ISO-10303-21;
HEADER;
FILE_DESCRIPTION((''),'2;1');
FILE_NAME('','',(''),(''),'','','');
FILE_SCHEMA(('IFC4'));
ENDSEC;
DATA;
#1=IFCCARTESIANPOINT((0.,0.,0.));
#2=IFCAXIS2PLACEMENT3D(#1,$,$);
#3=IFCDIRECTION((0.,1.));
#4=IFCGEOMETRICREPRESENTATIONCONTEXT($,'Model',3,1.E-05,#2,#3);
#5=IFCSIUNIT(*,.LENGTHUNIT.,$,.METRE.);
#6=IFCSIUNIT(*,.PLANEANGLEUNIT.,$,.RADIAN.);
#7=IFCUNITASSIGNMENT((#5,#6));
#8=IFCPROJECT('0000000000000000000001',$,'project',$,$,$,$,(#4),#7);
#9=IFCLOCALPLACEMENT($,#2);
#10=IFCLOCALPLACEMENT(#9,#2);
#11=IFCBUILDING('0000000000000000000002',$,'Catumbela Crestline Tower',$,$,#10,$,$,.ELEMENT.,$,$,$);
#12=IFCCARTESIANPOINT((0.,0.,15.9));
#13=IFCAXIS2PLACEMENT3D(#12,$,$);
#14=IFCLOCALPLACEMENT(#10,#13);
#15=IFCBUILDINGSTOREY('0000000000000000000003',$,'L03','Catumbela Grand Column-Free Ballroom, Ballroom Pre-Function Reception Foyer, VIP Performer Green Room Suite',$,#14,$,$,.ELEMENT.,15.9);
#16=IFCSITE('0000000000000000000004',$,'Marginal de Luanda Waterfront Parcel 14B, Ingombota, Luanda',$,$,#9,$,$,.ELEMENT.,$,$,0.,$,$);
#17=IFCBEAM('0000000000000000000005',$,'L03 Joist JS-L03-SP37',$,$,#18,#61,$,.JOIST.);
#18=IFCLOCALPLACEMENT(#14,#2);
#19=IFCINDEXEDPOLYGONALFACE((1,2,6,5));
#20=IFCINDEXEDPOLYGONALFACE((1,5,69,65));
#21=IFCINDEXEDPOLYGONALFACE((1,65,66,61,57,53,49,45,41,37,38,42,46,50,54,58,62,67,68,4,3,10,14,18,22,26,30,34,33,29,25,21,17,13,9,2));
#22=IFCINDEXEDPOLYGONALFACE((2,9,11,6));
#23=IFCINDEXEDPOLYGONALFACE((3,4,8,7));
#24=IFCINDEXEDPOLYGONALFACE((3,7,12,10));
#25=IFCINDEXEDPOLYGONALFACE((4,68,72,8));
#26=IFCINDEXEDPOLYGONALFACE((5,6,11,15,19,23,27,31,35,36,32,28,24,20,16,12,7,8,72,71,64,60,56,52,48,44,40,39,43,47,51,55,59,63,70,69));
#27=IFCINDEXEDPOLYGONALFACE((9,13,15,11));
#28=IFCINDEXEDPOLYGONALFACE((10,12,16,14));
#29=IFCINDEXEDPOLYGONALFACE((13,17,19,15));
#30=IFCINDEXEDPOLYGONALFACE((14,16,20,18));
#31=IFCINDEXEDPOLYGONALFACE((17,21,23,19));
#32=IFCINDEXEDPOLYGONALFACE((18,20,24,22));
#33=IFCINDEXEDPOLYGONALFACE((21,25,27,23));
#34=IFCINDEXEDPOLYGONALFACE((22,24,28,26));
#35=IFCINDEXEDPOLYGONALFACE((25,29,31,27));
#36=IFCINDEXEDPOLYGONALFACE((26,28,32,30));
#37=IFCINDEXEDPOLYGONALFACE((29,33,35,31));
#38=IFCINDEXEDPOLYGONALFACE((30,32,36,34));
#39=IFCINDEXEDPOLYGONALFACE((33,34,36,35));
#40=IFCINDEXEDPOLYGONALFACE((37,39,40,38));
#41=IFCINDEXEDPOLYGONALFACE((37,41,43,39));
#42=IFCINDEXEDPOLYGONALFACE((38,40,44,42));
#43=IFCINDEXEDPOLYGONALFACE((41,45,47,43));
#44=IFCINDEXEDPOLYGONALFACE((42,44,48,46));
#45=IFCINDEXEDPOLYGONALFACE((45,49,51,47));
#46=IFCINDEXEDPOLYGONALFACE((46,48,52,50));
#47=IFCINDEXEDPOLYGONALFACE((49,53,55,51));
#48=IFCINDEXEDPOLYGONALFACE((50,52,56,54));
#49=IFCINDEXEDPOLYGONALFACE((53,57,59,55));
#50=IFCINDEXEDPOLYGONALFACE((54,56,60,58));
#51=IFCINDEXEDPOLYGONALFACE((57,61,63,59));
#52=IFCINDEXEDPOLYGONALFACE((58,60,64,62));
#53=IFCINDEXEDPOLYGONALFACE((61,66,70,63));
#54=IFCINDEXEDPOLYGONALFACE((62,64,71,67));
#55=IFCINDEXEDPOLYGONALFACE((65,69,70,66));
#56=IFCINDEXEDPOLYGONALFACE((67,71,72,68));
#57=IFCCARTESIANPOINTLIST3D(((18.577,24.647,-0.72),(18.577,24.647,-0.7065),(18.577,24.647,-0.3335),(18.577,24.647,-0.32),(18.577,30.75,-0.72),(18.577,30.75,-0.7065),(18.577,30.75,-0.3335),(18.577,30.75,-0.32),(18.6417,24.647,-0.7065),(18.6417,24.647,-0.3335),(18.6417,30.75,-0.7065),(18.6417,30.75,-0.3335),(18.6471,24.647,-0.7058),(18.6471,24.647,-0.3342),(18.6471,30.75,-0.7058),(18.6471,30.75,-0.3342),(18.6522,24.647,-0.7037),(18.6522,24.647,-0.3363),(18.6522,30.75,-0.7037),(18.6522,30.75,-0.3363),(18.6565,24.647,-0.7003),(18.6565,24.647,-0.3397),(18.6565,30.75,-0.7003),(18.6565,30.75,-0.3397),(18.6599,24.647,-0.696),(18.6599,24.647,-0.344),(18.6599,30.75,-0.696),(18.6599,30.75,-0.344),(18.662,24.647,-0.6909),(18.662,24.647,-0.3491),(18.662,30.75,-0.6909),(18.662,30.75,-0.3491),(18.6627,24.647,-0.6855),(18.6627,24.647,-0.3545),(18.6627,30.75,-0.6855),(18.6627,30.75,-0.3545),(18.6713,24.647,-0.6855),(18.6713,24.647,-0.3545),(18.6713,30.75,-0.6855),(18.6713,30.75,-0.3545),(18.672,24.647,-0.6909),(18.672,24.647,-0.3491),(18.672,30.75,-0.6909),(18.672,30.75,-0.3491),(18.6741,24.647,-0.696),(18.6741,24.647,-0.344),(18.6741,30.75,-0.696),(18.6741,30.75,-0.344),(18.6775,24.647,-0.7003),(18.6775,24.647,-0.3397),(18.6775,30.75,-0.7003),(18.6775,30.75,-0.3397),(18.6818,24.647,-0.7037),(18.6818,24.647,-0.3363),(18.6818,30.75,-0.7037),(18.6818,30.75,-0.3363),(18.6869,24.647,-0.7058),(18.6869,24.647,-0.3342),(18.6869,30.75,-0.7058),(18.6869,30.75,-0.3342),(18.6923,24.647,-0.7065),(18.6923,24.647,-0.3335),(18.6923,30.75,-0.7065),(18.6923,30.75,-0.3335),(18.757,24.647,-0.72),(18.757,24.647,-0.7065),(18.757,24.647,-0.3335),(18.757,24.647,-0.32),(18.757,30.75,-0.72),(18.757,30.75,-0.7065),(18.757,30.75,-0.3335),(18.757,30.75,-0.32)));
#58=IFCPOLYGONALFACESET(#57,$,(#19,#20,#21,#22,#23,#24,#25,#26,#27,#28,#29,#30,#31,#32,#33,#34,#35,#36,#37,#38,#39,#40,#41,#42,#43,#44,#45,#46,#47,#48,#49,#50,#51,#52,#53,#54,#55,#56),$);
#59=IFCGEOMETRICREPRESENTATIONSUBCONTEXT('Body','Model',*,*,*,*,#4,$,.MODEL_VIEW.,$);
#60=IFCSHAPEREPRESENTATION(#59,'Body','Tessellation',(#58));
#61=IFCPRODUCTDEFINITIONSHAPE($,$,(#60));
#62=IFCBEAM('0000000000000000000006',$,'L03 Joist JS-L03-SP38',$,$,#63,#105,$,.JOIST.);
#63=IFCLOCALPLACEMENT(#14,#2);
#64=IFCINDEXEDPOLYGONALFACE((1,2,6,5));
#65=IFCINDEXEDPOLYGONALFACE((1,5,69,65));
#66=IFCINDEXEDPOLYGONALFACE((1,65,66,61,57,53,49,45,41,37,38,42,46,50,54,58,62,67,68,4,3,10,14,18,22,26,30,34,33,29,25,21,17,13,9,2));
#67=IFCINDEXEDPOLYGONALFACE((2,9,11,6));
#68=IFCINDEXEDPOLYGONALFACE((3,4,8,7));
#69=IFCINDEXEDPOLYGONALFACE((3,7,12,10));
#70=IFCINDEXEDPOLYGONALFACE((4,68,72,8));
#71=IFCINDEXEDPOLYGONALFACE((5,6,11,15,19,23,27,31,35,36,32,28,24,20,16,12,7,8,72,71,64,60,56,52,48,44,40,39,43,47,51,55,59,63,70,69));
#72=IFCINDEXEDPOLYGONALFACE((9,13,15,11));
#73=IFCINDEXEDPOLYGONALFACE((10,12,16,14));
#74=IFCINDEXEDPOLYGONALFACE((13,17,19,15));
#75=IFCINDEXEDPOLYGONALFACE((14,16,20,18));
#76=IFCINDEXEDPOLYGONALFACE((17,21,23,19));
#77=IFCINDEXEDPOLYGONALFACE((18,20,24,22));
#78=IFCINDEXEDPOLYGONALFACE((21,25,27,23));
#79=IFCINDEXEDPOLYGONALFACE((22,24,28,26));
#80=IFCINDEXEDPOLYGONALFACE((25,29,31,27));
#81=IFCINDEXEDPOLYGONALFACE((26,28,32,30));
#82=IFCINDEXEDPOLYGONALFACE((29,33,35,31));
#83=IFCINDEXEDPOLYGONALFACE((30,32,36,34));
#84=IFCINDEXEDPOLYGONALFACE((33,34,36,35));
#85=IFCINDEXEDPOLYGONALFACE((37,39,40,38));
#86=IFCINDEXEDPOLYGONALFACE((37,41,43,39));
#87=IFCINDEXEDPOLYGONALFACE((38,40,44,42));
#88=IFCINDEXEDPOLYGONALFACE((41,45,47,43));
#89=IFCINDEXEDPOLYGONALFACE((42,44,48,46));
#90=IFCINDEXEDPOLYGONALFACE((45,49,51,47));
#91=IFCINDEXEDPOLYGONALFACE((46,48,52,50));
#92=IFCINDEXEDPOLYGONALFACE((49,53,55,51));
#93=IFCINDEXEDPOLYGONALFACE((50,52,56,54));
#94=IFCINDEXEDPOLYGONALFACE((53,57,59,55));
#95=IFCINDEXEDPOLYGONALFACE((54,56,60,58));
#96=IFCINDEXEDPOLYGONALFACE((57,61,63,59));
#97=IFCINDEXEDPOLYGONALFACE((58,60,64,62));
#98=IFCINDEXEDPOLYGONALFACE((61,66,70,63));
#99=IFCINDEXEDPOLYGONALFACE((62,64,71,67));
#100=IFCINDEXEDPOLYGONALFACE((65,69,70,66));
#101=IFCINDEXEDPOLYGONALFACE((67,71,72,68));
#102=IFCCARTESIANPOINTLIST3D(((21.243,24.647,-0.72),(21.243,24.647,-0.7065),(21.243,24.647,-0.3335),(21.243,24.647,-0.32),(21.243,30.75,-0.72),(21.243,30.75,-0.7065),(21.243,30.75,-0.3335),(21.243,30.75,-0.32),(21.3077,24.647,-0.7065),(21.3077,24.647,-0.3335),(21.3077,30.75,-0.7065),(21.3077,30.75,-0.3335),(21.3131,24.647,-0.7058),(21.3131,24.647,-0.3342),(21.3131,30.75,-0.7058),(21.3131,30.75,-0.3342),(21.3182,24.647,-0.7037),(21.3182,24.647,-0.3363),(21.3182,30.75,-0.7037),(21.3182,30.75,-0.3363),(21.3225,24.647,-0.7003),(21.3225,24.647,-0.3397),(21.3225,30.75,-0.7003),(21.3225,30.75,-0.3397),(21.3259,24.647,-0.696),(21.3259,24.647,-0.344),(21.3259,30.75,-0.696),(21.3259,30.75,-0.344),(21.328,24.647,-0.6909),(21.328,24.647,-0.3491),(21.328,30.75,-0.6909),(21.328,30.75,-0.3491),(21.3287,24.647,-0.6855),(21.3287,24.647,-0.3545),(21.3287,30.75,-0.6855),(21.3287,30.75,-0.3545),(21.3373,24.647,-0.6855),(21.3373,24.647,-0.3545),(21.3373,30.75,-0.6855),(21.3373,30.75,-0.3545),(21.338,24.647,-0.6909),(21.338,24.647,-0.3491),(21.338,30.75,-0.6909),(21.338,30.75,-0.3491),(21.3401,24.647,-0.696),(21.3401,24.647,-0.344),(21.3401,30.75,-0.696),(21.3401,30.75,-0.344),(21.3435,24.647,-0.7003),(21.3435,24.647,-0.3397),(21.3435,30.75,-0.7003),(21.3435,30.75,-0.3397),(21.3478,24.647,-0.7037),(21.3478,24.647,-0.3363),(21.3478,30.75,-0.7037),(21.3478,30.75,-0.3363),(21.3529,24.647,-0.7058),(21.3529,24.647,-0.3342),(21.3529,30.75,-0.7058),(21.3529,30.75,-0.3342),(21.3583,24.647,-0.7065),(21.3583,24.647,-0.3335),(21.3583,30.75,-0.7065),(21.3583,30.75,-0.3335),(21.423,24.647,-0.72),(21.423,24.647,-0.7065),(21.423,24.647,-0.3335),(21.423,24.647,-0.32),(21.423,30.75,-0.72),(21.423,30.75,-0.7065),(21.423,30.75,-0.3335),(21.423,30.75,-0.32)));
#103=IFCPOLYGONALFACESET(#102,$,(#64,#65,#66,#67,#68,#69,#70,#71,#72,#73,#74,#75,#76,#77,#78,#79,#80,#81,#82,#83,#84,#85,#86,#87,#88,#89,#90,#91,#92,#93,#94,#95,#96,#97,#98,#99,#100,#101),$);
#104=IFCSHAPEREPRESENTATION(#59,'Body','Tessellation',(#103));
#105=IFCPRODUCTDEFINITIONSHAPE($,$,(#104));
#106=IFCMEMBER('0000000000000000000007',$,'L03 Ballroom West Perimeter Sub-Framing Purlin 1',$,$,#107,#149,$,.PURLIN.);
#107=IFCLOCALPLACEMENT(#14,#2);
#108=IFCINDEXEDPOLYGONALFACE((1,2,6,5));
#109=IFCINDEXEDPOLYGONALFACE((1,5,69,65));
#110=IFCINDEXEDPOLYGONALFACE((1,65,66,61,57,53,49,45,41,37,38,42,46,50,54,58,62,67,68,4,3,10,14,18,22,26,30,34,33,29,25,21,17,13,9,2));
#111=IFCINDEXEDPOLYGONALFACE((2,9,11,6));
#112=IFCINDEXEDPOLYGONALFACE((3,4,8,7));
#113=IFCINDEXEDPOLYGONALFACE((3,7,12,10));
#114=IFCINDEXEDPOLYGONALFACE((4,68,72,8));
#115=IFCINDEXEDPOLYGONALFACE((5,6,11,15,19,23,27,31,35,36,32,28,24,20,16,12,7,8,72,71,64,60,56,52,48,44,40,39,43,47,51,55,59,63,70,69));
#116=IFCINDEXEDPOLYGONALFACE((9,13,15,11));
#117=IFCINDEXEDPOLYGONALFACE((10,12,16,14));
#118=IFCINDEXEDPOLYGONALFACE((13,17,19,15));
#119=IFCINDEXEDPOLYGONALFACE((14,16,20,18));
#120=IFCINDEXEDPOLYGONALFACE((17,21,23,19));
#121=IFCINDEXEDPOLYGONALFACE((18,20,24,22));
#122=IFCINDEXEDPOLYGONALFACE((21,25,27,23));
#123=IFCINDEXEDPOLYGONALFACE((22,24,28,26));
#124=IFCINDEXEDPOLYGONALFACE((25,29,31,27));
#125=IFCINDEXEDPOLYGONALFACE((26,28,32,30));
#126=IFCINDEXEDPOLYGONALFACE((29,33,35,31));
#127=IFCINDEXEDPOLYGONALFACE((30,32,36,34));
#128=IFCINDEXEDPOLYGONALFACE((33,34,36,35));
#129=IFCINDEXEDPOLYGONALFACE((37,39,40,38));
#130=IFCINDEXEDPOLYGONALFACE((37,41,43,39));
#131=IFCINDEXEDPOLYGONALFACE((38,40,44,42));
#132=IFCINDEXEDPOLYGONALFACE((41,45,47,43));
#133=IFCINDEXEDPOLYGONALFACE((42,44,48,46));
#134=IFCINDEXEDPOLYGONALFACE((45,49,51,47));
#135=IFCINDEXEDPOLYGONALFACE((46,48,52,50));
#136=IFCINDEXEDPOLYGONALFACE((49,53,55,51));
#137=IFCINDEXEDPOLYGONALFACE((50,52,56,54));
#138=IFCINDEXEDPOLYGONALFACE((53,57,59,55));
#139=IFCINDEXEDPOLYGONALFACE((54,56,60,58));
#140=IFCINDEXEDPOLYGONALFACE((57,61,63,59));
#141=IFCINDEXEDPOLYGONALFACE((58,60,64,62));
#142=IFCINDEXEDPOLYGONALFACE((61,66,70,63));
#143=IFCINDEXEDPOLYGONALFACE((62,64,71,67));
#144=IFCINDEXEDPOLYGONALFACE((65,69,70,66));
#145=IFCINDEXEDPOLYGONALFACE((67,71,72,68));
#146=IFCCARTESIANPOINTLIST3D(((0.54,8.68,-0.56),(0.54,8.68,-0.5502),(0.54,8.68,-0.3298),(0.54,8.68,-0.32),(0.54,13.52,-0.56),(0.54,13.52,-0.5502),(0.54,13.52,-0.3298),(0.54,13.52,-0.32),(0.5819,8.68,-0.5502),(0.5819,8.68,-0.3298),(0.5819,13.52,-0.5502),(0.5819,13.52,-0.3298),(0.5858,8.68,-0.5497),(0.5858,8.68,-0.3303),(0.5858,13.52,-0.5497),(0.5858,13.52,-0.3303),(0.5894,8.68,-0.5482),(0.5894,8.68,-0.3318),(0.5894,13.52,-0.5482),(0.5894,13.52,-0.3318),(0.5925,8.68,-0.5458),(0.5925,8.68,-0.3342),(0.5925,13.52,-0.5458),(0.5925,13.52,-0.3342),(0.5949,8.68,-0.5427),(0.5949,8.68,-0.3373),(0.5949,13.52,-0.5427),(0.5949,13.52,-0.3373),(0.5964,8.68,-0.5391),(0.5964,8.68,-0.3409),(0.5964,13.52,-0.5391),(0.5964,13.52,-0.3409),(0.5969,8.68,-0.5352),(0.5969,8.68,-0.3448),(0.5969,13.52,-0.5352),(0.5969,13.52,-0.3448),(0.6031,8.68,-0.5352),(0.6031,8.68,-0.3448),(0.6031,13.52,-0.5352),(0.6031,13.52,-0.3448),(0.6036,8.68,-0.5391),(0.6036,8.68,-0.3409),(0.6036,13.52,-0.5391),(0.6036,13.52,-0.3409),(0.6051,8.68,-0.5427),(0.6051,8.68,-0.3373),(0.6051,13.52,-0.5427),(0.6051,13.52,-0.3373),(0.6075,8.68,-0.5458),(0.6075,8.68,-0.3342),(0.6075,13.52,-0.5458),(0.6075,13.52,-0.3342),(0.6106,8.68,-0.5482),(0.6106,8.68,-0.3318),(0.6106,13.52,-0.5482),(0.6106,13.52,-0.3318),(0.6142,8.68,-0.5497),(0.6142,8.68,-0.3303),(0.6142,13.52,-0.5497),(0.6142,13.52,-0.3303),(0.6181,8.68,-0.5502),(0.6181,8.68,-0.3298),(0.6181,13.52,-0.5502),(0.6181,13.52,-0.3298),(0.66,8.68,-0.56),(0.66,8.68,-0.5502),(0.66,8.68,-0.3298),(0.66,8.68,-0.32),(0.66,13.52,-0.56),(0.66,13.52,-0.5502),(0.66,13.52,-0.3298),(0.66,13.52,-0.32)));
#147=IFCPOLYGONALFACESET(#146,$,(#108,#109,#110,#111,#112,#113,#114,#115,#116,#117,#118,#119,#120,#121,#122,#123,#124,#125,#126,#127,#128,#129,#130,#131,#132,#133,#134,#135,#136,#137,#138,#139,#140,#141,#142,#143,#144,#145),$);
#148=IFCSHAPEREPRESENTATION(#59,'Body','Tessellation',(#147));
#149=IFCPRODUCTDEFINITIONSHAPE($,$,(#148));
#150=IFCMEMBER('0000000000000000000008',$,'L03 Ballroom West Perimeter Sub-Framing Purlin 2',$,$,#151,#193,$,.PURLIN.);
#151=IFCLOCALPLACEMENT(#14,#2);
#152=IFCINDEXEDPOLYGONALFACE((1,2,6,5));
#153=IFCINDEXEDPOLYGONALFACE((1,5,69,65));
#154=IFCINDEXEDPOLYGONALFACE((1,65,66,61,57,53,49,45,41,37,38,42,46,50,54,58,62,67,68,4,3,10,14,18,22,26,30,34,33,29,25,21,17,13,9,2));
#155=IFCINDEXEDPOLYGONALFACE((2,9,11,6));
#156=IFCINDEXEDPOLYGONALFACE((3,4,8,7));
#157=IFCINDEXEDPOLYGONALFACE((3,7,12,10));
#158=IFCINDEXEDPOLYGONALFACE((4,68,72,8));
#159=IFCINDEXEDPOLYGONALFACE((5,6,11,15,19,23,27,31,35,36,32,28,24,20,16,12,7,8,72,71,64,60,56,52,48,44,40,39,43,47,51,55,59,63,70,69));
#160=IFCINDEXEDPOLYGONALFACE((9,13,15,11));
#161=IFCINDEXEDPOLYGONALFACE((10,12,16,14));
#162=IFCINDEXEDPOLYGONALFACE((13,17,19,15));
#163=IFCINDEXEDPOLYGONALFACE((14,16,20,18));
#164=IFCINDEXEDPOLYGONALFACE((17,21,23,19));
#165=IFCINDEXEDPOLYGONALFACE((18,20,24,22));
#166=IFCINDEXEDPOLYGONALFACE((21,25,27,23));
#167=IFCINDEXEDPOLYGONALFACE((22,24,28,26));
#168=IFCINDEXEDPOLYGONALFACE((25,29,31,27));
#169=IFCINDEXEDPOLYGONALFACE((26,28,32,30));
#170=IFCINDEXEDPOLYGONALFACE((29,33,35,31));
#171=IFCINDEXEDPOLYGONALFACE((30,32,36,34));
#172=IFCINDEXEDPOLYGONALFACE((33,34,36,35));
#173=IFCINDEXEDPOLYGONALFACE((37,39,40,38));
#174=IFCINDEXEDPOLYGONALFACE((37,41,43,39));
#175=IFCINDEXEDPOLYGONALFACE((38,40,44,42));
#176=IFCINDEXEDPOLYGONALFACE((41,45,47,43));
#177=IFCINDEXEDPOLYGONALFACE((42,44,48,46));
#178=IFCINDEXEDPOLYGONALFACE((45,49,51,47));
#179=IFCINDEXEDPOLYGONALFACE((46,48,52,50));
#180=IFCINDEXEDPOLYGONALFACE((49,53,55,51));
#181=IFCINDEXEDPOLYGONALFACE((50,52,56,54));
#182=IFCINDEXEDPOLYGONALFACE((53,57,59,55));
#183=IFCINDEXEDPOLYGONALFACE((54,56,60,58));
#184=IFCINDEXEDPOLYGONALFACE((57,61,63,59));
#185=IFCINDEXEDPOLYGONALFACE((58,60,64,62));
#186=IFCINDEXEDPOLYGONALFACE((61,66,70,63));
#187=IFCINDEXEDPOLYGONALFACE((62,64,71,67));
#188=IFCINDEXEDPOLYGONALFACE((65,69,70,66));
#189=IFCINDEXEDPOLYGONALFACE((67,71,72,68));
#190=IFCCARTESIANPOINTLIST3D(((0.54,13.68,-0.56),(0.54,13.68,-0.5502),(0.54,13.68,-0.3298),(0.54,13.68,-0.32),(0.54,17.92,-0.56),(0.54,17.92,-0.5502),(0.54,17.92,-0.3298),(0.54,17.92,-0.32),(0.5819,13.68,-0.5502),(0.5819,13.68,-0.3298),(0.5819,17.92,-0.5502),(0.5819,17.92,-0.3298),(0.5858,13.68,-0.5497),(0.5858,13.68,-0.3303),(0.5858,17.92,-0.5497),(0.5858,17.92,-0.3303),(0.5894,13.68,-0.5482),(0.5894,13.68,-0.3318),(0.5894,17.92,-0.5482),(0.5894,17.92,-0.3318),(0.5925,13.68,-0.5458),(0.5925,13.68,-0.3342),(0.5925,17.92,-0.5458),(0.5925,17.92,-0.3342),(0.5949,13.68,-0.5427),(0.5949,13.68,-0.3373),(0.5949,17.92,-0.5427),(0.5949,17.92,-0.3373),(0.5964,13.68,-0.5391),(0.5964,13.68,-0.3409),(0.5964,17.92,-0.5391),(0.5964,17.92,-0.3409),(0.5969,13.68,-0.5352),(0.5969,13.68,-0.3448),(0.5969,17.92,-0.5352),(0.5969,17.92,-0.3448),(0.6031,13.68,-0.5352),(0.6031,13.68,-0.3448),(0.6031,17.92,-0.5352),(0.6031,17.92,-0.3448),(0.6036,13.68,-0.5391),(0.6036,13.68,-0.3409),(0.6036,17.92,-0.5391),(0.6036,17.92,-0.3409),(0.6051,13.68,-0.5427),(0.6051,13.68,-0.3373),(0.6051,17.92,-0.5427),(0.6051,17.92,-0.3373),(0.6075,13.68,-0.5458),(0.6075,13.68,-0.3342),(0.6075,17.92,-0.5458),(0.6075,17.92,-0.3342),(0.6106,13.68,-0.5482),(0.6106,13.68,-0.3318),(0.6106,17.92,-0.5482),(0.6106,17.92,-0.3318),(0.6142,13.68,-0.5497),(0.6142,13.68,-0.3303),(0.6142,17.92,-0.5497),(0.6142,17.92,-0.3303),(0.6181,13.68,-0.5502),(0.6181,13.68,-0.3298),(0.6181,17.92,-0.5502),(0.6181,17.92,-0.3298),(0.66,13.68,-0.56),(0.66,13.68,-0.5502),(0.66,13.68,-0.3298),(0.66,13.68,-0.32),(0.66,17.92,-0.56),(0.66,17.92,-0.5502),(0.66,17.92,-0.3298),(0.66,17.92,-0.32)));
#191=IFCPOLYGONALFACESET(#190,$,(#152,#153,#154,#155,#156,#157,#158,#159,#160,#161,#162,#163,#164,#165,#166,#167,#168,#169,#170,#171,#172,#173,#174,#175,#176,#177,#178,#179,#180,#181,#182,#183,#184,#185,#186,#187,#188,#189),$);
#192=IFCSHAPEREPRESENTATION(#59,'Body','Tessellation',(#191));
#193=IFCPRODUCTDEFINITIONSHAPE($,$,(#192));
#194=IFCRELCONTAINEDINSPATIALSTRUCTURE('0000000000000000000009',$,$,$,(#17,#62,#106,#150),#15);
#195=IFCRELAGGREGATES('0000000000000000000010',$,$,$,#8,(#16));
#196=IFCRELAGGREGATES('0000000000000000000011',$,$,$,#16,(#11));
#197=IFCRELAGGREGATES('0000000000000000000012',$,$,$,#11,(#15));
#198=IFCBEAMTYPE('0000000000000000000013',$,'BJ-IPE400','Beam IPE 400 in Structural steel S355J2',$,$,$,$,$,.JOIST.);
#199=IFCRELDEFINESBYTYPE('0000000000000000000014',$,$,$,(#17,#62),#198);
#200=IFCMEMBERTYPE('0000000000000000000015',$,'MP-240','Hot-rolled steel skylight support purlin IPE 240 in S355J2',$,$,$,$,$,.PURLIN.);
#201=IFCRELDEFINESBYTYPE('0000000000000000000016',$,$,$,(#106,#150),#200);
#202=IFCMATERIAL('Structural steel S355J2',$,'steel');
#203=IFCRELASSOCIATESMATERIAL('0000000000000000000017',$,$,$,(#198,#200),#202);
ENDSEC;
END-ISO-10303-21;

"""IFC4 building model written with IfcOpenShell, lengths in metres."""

from ifc_helpers import new_model, si_unit, direction, frame, origin, origin_2d, place, context, subcontext, project, spatial, i_section, extrude, material, material_profile, profile_set, type_object, element, save


model = new_model("IFC4")

# Units and contexts
model_context = context("Model", 3, precision=1e-05, world=origin(), true_north=direction((0.0, 1.0)))
body_context = subcontext(model_context, "Body", "Model", "MODEL_VIEW")
ifc_project = project(units=[si_unit("LENGTHUNIT", "METRE"), si_unit("PLANEANGLEUNIT", "RADIAN")], contexts=[model_context])

# Site, building, storey
site_placement = place(None, origin())
site = spatial("IfcSite", under=ifc_project, at=site_placement, Name="Marginal de Luanda Waterfront Parcel 14B, Ingombota, Luanda", CompositionType="ELEMENT", RefElevation=0.0)
building_placement = place(site_placement, origin())
building = spatial("IfcBuilding", under=site, at=building_placement, Name="Catumbela Crestline Tower", CompositionType="ELEMENT")
storey_placement = place(building_placement, frame((0.0, 0.0, 15.9)))
storey = spatial("IfcBuildingStorey", under=building, at=storey_placement, Name="L03", Description="Catumbela Grand Column-Free Ballroom, Ballroom Pre-Function Reception Foyer, VIP Performer Green Room Suite", CompositionType="ELEMENT", Elevation=15.9)

# Beams
ifc_material_1 = material(Name="Structural steel S355J2", Category="steel")
ifc_material_profile_1 = material_profile(ifc_material_1, i_section(OverallWidth=0.18, OverallDepth=0.4, WebThickness=0.0086, FlangeThickness=0.0135, FilletRadius=0.021, at=origin_2d()), Name="IPE 400")
ifc_profile_set_1 = profile_set([ifc_material_profile_1], Name="Structural steel S355J2")
beam_type_1 = type_object("IfcBeamType", Name="BJ-IPE400", Description="Beam IPE 400 in Structural steel S355J2", PredefinedType="JOIST", material=ifc_profile_set_1)
for number, where, z_axis, x_axis, name in (
    (1, (18.667, 24.647, -0.52), (0.0, 1.0, 0.0), (-1.0, 0.0, 0.0), "L03 Joist JS-L03-SP37"),
    (2, (21.333, 24.647, -0.52), (0.0, 1.0, 0.0), (-1.0, 0.0, 0.0), "L03 Joist JS-L03-SP38"),
):
    element("IfcBeam", number, at=place(storey_placement, frame(where, z_axis=z_axis, x_axis=x_axis)), inside=storey, type_object=beam_type_1, Name=name, PredefinedType="JOIST", context=body_context, shape_type="SweptSolid", body=[
        extrude(i_section(OverallWidth=0.18, OverallDepth=0.4, WebThickness=0.0086, FlangeThickness=0.0135, FilletRadius=0.021, at=origin_2d()), origin(), (0.0, 0.0, 1.0), 6.103),
    ])

# Members
ifc_material_profile_2 = material_profile(ifc_material_1, i_section(OverallWidth=0.12, OverallDepth=0.24, WebThickness=0.0062, FlangeThickness=0.0098, FilletRadius=0.015, at=origin_2d()), Name="IPE 240")
ifc_profile_set_2 = profile_set([ifc_material_profile_2], Name="Structural steel S355J2")
member_type = type_object("IfcMemberType", Name="MP-240", Description="Hot-rolled steel skylight support purlin IPE 240 in S355J2", PredefinedType="PURLIN", material=ifc_profile_set_2)
member_1_placement = place(storey_placement, frame((0.6, 8.68, -0.44), z_axis=(0.0, 1.0, 0.0), x_axis=(-1.0, 0.0, 0.0)))
element("IfcMember", 3, at=member_1_placement, inside=storey, type_object=member_type, Name="L03 Ballroom West Perimeter Sub-Framing Purlin 1", PredefinedType="PURLIN", context=body_context, shape_type="SweptSolid", body=[
    extrude(i_section(OverallWidth=0.12, OverallDepth=0.24, WebThickness=0.0062, FlangeThickness=0.0098, FilletRadius=0.015, at=origin_2d()), origin(), (0.0, 0.0, 1.0), 4.84),
])
member_2_placement = place(storey_placement, frame((0.6, 13.68, -0.44), z_axis=(0.0, 1.0, 0.0), x_axis=(-1.0, 0.0, 0.0)))
element("IfcMember", 4, at=member_2_placement, inside=storey, type_object=member_type, Name="L03 Ballroom West Perimeter Sub-Framing Purlin 2", PredefinedType="PURLIN", context=body_context, shape_type="SweptSolid", body=[
    extrude(i_section(OverallWidth=0.12, OverallDepth=0.24, WebThickness=0.0062, FlangeThickness=0.0098, FilletRadius=0.015, at=origin_2d()), origin(), (0.0, 0.0, 1.0), 4.24),
])

save(model, "model.ifc")
